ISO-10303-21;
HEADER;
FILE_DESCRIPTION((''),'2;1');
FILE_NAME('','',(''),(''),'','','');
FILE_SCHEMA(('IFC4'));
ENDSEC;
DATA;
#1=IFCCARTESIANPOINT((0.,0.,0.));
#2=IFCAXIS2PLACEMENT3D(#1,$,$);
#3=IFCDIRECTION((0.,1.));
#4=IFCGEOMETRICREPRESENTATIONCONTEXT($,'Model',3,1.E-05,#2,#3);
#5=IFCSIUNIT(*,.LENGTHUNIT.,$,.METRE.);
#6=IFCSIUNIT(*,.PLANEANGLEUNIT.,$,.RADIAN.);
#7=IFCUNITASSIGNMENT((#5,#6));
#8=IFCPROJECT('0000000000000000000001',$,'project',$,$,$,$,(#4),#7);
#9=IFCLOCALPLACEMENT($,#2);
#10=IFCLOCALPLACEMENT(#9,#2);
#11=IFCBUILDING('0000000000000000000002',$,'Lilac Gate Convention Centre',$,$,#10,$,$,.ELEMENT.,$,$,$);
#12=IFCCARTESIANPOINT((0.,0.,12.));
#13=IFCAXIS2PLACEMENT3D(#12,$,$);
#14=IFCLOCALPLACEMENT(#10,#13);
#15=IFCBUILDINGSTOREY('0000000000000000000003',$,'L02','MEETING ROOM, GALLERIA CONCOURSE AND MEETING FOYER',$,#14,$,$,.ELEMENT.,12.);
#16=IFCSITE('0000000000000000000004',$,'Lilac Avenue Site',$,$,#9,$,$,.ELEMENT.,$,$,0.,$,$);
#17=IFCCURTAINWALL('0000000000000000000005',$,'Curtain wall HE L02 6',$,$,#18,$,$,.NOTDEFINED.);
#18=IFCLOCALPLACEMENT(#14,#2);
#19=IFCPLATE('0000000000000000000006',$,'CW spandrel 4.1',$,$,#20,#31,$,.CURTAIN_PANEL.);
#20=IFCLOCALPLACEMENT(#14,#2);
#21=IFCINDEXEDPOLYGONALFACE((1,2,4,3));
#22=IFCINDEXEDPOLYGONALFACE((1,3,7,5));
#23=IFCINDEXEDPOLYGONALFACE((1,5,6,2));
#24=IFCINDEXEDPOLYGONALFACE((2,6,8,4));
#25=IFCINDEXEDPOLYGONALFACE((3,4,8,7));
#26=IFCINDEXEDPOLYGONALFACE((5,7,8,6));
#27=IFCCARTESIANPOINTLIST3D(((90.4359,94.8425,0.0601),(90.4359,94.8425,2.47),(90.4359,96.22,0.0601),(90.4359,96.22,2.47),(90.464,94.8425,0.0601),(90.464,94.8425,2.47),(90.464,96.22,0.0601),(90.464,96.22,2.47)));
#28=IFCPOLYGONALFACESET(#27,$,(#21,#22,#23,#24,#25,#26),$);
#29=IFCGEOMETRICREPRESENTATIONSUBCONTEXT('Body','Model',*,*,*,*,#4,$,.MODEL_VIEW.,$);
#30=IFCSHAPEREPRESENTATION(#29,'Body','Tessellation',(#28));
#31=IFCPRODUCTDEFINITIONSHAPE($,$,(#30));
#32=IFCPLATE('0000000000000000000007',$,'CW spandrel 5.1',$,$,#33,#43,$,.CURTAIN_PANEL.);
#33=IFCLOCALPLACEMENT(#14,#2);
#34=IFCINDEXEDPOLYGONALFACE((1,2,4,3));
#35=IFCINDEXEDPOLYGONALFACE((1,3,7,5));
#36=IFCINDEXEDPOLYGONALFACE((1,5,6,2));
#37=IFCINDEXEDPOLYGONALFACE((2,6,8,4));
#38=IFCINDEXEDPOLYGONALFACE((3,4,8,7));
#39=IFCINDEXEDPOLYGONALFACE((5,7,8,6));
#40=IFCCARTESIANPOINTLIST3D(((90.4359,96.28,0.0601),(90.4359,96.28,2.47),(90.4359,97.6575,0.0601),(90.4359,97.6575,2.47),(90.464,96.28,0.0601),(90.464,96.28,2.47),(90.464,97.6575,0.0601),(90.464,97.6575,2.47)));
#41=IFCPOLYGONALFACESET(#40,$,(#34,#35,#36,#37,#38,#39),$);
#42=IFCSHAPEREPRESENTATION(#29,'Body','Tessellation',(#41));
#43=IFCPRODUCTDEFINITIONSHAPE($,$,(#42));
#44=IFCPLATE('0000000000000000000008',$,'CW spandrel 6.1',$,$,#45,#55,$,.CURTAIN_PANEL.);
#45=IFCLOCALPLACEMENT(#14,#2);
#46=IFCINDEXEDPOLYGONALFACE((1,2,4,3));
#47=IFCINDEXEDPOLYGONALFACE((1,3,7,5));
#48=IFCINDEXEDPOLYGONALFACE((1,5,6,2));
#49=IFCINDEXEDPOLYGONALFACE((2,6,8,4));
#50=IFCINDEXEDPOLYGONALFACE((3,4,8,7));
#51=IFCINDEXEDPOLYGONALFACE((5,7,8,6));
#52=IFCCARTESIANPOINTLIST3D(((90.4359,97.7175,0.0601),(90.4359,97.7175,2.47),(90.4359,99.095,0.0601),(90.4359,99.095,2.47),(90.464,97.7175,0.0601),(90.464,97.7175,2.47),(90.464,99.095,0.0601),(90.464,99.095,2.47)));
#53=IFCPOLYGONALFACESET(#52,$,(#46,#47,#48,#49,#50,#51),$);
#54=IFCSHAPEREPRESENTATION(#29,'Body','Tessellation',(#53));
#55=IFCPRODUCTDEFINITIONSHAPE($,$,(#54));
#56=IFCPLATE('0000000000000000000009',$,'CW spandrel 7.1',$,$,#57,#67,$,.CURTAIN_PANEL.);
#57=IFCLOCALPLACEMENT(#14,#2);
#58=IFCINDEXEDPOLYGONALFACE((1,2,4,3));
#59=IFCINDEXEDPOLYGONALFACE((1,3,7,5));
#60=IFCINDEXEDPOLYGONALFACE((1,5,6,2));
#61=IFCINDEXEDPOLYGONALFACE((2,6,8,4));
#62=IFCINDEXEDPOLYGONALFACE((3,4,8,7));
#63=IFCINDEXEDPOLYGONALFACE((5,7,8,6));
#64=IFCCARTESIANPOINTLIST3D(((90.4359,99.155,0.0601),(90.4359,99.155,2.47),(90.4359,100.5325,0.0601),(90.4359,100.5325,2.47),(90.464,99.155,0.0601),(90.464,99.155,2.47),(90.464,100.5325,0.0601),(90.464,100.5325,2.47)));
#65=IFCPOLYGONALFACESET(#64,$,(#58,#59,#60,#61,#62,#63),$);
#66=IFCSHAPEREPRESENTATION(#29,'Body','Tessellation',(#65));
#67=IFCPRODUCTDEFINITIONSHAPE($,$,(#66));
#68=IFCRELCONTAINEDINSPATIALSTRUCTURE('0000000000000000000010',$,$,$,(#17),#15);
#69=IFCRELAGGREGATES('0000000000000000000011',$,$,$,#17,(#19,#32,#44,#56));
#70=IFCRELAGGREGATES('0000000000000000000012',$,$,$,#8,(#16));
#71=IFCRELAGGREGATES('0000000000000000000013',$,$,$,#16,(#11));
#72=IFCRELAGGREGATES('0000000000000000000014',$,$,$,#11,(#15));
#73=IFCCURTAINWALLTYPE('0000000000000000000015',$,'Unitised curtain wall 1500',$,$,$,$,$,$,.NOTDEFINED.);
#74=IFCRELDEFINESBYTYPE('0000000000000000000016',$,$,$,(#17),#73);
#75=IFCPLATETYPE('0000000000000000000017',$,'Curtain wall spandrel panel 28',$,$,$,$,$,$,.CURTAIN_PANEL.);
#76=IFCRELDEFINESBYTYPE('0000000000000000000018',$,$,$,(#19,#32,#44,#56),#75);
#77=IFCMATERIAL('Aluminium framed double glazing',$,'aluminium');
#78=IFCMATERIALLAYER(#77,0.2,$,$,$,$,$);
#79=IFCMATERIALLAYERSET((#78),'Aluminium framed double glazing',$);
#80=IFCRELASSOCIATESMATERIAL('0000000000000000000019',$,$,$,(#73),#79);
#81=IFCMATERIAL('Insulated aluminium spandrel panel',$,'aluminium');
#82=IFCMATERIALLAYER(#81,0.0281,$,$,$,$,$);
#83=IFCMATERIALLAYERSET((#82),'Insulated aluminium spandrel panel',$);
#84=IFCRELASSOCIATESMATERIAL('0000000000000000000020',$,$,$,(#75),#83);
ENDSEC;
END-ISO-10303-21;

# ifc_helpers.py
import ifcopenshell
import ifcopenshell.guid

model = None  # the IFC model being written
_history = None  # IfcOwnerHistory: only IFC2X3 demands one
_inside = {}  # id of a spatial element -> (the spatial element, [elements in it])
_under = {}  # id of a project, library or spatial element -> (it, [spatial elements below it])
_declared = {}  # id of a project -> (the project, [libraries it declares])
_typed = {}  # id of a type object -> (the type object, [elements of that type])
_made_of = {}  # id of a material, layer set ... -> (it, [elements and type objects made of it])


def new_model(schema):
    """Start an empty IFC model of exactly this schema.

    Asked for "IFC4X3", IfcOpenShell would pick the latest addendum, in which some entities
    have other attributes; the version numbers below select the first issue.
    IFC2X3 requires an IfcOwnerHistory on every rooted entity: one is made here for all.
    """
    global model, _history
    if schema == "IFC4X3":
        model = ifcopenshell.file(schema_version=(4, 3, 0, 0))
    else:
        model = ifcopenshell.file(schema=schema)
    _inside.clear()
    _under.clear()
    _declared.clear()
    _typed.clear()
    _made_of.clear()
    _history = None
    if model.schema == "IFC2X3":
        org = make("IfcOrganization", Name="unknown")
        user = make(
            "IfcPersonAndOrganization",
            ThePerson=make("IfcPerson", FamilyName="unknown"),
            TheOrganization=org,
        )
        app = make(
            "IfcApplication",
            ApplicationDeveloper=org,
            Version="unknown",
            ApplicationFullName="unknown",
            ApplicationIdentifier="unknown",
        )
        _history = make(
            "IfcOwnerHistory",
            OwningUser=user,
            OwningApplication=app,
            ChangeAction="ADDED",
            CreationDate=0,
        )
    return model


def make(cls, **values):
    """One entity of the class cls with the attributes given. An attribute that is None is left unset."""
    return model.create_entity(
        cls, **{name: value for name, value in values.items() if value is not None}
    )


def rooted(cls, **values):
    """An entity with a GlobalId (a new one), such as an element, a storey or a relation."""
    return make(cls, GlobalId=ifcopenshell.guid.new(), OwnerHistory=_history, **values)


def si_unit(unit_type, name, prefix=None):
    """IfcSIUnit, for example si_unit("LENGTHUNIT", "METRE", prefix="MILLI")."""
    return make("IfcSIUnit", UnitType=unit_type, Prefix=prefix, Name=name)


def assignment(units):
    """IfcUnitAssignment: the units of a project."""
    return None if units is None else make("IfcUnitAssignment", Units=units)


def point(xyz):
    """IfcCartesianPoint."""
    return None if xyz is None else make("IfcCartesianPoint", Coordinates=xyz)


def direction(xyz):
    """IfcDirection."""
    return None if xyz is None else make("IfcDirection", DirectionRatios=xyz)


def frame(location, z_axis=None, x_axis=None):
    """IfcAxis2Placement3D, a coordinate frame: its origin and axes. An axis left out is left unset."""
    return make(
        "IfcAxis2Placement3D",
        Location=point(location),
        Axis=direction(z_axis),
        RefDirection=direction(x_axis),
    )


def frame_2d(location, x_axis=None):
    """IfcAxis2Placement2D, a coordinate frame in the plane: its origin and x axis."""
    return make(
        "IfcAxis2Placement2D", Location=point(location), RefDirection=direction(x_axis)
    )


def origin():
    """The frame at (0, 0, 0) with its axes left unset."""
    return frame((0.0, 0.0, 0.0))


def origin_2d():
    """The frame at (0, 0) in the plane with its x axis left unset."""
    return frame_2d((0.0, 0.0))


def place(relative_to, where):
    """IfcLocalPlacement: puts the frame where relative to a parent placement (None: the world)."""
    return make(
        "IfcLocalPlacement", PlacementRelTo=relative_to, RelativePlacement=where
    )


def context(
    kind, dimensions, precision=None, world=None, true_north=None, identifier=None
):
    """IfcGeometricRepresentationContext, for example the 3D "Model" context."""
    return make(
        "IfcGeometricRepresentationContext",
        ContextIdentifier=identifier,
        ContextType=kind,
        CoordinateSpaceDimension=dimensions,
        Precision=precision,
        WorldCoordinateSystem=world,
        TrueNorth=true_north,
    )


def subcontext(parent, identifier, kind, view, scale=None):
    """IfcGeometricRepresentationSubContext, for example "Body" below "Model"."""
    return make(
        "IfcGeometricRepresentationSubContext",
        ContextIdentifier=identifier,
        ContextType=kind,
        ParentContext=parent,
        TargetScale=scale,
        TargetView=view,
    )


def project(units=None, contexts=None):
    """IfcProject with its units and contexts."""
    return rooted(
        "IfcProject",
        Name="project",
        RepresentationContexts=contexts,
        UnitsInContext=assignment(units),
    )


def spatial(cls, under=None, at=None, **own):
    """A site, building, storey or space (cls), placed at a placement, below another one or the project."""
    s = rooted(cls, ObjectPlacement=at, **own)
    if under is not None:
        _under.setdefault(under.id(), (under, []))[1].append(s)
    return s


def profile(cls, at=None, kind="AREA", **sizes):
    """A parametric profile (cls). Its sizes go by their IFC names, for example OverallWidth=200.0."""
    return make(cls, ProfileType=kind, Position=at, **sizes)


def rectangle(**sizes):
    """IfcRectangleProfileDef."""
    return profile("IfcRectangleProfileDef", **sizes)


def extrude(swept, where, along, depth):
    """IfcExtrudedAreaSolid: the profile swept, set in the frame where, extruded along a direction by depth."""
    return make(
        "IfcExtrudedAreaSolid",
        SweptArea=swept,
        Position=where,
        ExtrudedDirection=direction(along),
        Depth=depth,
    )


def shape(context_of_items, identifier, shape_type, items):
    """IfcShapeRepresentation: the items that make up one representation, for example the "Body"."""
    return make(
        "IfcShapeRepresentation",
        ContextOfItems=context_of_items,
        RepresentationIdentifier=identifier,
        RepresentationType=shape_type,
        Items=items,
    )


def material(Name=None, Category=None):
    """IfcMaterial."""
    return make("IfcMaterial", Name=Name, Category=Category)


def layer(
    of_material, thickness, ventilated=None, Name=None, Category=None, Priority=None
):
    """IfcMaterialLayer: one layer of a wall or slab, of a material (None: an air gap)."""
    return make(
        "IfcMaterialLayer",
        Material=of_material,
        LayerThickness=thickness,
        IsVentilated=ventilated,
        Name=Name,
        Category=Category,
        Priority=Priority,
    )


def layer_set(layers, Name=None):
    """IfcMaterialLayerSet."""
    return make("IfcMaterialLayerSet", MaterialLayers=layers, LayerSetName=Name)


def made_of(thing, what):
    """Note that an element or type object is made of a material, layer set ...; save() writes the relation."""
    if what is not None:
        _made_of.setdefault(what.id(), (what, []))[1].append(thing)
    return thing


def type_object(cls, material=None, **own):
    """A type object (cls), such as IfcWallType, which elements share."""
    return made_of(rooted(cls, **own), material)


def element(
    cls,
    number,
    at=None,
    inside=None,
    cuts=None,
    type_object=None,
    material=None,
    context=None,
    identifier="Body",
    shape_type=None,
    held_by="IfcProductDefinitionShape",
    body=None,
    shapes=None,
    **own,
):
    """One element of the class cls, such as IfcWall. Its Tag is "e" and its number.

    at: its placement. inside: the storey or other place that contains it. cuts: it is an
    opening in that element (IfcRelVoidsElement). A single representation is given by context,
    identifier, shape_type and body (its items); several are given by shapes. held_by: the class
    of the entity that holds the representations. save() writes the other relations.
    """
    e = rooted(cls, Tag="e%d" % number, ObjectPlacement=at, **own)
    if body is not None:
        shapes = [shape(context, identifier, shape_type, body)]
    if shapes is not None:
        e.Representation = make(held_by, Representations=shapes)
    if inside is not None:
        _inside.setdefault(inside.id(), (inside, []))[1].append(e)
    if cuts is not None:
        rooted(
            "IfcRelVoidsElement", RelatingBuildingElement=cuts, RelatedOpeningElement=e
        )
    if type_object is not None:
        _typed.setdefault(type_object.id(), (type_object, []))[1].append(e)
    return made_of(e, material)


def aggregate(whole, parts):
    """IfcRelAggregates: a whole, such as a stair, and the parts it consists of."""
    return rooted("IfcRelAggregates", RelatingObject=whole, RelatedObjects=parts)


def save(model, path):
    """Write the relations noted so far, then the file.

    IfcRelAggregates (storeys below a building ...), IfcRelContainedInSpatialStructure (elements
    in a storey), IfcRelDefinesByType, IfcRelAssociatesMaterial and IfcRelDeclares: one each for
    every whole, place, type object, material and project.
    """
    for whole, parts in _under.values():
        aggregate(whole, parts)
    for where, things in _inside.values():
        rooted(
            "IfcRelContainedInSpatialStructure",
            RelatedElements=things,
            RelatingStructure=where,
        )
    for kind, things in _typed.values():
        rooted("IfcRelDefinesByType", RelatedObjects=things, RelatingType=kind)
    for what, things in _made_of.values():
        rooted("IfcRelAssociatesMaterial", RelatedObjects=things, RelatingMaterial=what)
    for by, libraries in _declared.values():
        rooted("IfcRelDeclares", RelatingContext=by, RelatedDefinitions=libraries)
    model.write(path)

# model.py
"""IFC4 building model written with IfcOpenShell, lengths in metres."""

from ifc_helpers import new_model, si_unit, direction, frame, origin, origin_2d, place, context, subcontext, project, spatial, rectangle, extrude, material, layer, layer_set, type_object, element, aggregate, save


model = new_model("IFC4")

# Units and contexts
model_context = context("Model", 3, precision=1e-05, world=origin(), true_north=direction((0.0, 1.0)))
body_context = subcontext(model_context, "Body", "Model", "MODEL_VIEW")
ifc_project = project(units=[si_unit("LENGTHUNIT", "METRE"), si_unit("PLANEANGLEUNIT", "RADIAN")], contexts=[model_context])

# Site, building, storey
site_placement = place(None, origin())
site = spatial("IfcSite", under=ifc_project, at=site_placement, Name="Lilac Avenue Site", CompositionType="ELEMENT", RefElevation=0.0)
building_placement = place(site_placement, origin())
building = spatial("IfcBuilding", under=site, at=building_placement, Name="Lilac Gate Convention Centre", CompositionType="ELEMENT")
storey_placement = place(building_placement, frame((0.0, 0.0, 12.0)))
storey = spatial("IfcBuildingStorey", under=building, at=storey_placement, Name="L02", Description="MEETING ROOM, GALLERIA CONCOURSE AND MEETING FOYER", CompositionType="ELEMENT", Elevation=12.0)

# Curtain wall, plates
ifc_material_1 = material(Name="Aluminium framed double glazing", Category="aluminium")
ifc_layer_1 = layer(ifc_material_1, 0.2)
ifc_layer_set_1 = layer_set([ifc_layer_1], Name="Aluminium framed double glazing")
curtain_wall_type = type_object("IfcCurtainWallType", Name="Unitised curtain wall 1500", PredefinedType="NOTDEFINED", material=ifc_layer_set_1)
curtain_wall_placement = place(storey_placement, origin())
curtain_wall = element("IfcCurtainWall", 1, at=curtain_wall_placement, inside=storey, type_object=curtain_wall_type, Name="Curtain wall HE L02 6", PredefinedType="NOTDEFINED")
ifc_material_2 = material(Name="Insulated aluminium spandrel panel", Category="aluminium")
ifc_layer_2 = layer(ifc_material_2, 0.0281)
ifc_layer_set_2 = layer_set([ifc_layer_2], Name="Insulated aluminium spandrel panel")
plate_type_1 = type_object("IfcPlateType", Name="Curtain wall spandrel panel 28", PredefinedType="CURTAIN_PANEL", material=ifc_layer_set_2)
plate_1_placement = place(storey_placement, frame((90.45, 95.5312, 0.0601), z_axis=(0.0, 0.0, 1.0), x_axis=(0.0, 1.0, 0.0)))
plate_1 = element("IfcPlate", 2, at=plate_1_placement, type_object=plate_type_1, Name="CW spandrel 4.1", PredefinedType="CURTAIN_PANEL", context=body_context, shape_type="SweptSolid", body=[
    extrude(rectangle(XDim=1.3774, YDim=0.0281, at=origin_2d()), origin(), (0.0, 0.0, 1.0), 2.4099),
])
plate_2_placement = place(storey_placement, frame((90.45, 96.9688, 0.0601), z_axis=(0.0, 0.0, 1.0), x_axis=(0.0, 1.0, 0.0)))
plate_2 = element("IfcPlate", 3, at=plate_2_placement, type_object=plate_type_1, Name="CW spandrel 5.1", PredefinedType="CURTAIN_PANEL", context=body_context, shape_type="SweptSolid", body=[
    extrude(rectangle(XDim=1.3774, YDim=0.0281, at=origin_2d()), origin(), (0.0, 0.0, 1.0), 2.4099),
])
plate_3_placement = place(storey_placement, frame((90.45, 98.4062, 0.0601), z_axis=(0.0, 0.0, 1.0), x_axis=(0.0, 1.0, 0.0)))
plate_3 = element("IfcPlate", 4, at=plate_3_placement, type_object=plate_type_1, Name="CW spandrel 6.1", PredefinedType="CURTAIN_PANEL", context=body_context, shape_type="SweptSolid", body=[
    extrude(rectangle(XDim=1.3774, YDim=0.0281, at=origin_2d()), origin(), (0.0, 0.0, 1.0), 2.4099),
])
plate_4_placement = place(storey_placement, frame((90.45, 99.8438, 0.0601), z_axis=(0.0, 0.0, 1.0), x_axis=(0.0, 1.0, 0.0)))
plate_4 = element("IfcPlate", 5, at=plate_4_placement, type_object=plate_type_1, Name="CW spandrel 7.1", PredefinedType="CURTAIN_PANEL", context=body_context, shape_type="SweptSolid", body=[
    extrude(rectangle(XDim=1.3774, YDim=0.0281, at=origin_2d()), origin(), (0.0, 0.0, 1.0), 2.4099),
])
aggregate(curtain_wall, [plate_1, plate_2, plate_3, plate_4])

save(model, "model.ifc")
